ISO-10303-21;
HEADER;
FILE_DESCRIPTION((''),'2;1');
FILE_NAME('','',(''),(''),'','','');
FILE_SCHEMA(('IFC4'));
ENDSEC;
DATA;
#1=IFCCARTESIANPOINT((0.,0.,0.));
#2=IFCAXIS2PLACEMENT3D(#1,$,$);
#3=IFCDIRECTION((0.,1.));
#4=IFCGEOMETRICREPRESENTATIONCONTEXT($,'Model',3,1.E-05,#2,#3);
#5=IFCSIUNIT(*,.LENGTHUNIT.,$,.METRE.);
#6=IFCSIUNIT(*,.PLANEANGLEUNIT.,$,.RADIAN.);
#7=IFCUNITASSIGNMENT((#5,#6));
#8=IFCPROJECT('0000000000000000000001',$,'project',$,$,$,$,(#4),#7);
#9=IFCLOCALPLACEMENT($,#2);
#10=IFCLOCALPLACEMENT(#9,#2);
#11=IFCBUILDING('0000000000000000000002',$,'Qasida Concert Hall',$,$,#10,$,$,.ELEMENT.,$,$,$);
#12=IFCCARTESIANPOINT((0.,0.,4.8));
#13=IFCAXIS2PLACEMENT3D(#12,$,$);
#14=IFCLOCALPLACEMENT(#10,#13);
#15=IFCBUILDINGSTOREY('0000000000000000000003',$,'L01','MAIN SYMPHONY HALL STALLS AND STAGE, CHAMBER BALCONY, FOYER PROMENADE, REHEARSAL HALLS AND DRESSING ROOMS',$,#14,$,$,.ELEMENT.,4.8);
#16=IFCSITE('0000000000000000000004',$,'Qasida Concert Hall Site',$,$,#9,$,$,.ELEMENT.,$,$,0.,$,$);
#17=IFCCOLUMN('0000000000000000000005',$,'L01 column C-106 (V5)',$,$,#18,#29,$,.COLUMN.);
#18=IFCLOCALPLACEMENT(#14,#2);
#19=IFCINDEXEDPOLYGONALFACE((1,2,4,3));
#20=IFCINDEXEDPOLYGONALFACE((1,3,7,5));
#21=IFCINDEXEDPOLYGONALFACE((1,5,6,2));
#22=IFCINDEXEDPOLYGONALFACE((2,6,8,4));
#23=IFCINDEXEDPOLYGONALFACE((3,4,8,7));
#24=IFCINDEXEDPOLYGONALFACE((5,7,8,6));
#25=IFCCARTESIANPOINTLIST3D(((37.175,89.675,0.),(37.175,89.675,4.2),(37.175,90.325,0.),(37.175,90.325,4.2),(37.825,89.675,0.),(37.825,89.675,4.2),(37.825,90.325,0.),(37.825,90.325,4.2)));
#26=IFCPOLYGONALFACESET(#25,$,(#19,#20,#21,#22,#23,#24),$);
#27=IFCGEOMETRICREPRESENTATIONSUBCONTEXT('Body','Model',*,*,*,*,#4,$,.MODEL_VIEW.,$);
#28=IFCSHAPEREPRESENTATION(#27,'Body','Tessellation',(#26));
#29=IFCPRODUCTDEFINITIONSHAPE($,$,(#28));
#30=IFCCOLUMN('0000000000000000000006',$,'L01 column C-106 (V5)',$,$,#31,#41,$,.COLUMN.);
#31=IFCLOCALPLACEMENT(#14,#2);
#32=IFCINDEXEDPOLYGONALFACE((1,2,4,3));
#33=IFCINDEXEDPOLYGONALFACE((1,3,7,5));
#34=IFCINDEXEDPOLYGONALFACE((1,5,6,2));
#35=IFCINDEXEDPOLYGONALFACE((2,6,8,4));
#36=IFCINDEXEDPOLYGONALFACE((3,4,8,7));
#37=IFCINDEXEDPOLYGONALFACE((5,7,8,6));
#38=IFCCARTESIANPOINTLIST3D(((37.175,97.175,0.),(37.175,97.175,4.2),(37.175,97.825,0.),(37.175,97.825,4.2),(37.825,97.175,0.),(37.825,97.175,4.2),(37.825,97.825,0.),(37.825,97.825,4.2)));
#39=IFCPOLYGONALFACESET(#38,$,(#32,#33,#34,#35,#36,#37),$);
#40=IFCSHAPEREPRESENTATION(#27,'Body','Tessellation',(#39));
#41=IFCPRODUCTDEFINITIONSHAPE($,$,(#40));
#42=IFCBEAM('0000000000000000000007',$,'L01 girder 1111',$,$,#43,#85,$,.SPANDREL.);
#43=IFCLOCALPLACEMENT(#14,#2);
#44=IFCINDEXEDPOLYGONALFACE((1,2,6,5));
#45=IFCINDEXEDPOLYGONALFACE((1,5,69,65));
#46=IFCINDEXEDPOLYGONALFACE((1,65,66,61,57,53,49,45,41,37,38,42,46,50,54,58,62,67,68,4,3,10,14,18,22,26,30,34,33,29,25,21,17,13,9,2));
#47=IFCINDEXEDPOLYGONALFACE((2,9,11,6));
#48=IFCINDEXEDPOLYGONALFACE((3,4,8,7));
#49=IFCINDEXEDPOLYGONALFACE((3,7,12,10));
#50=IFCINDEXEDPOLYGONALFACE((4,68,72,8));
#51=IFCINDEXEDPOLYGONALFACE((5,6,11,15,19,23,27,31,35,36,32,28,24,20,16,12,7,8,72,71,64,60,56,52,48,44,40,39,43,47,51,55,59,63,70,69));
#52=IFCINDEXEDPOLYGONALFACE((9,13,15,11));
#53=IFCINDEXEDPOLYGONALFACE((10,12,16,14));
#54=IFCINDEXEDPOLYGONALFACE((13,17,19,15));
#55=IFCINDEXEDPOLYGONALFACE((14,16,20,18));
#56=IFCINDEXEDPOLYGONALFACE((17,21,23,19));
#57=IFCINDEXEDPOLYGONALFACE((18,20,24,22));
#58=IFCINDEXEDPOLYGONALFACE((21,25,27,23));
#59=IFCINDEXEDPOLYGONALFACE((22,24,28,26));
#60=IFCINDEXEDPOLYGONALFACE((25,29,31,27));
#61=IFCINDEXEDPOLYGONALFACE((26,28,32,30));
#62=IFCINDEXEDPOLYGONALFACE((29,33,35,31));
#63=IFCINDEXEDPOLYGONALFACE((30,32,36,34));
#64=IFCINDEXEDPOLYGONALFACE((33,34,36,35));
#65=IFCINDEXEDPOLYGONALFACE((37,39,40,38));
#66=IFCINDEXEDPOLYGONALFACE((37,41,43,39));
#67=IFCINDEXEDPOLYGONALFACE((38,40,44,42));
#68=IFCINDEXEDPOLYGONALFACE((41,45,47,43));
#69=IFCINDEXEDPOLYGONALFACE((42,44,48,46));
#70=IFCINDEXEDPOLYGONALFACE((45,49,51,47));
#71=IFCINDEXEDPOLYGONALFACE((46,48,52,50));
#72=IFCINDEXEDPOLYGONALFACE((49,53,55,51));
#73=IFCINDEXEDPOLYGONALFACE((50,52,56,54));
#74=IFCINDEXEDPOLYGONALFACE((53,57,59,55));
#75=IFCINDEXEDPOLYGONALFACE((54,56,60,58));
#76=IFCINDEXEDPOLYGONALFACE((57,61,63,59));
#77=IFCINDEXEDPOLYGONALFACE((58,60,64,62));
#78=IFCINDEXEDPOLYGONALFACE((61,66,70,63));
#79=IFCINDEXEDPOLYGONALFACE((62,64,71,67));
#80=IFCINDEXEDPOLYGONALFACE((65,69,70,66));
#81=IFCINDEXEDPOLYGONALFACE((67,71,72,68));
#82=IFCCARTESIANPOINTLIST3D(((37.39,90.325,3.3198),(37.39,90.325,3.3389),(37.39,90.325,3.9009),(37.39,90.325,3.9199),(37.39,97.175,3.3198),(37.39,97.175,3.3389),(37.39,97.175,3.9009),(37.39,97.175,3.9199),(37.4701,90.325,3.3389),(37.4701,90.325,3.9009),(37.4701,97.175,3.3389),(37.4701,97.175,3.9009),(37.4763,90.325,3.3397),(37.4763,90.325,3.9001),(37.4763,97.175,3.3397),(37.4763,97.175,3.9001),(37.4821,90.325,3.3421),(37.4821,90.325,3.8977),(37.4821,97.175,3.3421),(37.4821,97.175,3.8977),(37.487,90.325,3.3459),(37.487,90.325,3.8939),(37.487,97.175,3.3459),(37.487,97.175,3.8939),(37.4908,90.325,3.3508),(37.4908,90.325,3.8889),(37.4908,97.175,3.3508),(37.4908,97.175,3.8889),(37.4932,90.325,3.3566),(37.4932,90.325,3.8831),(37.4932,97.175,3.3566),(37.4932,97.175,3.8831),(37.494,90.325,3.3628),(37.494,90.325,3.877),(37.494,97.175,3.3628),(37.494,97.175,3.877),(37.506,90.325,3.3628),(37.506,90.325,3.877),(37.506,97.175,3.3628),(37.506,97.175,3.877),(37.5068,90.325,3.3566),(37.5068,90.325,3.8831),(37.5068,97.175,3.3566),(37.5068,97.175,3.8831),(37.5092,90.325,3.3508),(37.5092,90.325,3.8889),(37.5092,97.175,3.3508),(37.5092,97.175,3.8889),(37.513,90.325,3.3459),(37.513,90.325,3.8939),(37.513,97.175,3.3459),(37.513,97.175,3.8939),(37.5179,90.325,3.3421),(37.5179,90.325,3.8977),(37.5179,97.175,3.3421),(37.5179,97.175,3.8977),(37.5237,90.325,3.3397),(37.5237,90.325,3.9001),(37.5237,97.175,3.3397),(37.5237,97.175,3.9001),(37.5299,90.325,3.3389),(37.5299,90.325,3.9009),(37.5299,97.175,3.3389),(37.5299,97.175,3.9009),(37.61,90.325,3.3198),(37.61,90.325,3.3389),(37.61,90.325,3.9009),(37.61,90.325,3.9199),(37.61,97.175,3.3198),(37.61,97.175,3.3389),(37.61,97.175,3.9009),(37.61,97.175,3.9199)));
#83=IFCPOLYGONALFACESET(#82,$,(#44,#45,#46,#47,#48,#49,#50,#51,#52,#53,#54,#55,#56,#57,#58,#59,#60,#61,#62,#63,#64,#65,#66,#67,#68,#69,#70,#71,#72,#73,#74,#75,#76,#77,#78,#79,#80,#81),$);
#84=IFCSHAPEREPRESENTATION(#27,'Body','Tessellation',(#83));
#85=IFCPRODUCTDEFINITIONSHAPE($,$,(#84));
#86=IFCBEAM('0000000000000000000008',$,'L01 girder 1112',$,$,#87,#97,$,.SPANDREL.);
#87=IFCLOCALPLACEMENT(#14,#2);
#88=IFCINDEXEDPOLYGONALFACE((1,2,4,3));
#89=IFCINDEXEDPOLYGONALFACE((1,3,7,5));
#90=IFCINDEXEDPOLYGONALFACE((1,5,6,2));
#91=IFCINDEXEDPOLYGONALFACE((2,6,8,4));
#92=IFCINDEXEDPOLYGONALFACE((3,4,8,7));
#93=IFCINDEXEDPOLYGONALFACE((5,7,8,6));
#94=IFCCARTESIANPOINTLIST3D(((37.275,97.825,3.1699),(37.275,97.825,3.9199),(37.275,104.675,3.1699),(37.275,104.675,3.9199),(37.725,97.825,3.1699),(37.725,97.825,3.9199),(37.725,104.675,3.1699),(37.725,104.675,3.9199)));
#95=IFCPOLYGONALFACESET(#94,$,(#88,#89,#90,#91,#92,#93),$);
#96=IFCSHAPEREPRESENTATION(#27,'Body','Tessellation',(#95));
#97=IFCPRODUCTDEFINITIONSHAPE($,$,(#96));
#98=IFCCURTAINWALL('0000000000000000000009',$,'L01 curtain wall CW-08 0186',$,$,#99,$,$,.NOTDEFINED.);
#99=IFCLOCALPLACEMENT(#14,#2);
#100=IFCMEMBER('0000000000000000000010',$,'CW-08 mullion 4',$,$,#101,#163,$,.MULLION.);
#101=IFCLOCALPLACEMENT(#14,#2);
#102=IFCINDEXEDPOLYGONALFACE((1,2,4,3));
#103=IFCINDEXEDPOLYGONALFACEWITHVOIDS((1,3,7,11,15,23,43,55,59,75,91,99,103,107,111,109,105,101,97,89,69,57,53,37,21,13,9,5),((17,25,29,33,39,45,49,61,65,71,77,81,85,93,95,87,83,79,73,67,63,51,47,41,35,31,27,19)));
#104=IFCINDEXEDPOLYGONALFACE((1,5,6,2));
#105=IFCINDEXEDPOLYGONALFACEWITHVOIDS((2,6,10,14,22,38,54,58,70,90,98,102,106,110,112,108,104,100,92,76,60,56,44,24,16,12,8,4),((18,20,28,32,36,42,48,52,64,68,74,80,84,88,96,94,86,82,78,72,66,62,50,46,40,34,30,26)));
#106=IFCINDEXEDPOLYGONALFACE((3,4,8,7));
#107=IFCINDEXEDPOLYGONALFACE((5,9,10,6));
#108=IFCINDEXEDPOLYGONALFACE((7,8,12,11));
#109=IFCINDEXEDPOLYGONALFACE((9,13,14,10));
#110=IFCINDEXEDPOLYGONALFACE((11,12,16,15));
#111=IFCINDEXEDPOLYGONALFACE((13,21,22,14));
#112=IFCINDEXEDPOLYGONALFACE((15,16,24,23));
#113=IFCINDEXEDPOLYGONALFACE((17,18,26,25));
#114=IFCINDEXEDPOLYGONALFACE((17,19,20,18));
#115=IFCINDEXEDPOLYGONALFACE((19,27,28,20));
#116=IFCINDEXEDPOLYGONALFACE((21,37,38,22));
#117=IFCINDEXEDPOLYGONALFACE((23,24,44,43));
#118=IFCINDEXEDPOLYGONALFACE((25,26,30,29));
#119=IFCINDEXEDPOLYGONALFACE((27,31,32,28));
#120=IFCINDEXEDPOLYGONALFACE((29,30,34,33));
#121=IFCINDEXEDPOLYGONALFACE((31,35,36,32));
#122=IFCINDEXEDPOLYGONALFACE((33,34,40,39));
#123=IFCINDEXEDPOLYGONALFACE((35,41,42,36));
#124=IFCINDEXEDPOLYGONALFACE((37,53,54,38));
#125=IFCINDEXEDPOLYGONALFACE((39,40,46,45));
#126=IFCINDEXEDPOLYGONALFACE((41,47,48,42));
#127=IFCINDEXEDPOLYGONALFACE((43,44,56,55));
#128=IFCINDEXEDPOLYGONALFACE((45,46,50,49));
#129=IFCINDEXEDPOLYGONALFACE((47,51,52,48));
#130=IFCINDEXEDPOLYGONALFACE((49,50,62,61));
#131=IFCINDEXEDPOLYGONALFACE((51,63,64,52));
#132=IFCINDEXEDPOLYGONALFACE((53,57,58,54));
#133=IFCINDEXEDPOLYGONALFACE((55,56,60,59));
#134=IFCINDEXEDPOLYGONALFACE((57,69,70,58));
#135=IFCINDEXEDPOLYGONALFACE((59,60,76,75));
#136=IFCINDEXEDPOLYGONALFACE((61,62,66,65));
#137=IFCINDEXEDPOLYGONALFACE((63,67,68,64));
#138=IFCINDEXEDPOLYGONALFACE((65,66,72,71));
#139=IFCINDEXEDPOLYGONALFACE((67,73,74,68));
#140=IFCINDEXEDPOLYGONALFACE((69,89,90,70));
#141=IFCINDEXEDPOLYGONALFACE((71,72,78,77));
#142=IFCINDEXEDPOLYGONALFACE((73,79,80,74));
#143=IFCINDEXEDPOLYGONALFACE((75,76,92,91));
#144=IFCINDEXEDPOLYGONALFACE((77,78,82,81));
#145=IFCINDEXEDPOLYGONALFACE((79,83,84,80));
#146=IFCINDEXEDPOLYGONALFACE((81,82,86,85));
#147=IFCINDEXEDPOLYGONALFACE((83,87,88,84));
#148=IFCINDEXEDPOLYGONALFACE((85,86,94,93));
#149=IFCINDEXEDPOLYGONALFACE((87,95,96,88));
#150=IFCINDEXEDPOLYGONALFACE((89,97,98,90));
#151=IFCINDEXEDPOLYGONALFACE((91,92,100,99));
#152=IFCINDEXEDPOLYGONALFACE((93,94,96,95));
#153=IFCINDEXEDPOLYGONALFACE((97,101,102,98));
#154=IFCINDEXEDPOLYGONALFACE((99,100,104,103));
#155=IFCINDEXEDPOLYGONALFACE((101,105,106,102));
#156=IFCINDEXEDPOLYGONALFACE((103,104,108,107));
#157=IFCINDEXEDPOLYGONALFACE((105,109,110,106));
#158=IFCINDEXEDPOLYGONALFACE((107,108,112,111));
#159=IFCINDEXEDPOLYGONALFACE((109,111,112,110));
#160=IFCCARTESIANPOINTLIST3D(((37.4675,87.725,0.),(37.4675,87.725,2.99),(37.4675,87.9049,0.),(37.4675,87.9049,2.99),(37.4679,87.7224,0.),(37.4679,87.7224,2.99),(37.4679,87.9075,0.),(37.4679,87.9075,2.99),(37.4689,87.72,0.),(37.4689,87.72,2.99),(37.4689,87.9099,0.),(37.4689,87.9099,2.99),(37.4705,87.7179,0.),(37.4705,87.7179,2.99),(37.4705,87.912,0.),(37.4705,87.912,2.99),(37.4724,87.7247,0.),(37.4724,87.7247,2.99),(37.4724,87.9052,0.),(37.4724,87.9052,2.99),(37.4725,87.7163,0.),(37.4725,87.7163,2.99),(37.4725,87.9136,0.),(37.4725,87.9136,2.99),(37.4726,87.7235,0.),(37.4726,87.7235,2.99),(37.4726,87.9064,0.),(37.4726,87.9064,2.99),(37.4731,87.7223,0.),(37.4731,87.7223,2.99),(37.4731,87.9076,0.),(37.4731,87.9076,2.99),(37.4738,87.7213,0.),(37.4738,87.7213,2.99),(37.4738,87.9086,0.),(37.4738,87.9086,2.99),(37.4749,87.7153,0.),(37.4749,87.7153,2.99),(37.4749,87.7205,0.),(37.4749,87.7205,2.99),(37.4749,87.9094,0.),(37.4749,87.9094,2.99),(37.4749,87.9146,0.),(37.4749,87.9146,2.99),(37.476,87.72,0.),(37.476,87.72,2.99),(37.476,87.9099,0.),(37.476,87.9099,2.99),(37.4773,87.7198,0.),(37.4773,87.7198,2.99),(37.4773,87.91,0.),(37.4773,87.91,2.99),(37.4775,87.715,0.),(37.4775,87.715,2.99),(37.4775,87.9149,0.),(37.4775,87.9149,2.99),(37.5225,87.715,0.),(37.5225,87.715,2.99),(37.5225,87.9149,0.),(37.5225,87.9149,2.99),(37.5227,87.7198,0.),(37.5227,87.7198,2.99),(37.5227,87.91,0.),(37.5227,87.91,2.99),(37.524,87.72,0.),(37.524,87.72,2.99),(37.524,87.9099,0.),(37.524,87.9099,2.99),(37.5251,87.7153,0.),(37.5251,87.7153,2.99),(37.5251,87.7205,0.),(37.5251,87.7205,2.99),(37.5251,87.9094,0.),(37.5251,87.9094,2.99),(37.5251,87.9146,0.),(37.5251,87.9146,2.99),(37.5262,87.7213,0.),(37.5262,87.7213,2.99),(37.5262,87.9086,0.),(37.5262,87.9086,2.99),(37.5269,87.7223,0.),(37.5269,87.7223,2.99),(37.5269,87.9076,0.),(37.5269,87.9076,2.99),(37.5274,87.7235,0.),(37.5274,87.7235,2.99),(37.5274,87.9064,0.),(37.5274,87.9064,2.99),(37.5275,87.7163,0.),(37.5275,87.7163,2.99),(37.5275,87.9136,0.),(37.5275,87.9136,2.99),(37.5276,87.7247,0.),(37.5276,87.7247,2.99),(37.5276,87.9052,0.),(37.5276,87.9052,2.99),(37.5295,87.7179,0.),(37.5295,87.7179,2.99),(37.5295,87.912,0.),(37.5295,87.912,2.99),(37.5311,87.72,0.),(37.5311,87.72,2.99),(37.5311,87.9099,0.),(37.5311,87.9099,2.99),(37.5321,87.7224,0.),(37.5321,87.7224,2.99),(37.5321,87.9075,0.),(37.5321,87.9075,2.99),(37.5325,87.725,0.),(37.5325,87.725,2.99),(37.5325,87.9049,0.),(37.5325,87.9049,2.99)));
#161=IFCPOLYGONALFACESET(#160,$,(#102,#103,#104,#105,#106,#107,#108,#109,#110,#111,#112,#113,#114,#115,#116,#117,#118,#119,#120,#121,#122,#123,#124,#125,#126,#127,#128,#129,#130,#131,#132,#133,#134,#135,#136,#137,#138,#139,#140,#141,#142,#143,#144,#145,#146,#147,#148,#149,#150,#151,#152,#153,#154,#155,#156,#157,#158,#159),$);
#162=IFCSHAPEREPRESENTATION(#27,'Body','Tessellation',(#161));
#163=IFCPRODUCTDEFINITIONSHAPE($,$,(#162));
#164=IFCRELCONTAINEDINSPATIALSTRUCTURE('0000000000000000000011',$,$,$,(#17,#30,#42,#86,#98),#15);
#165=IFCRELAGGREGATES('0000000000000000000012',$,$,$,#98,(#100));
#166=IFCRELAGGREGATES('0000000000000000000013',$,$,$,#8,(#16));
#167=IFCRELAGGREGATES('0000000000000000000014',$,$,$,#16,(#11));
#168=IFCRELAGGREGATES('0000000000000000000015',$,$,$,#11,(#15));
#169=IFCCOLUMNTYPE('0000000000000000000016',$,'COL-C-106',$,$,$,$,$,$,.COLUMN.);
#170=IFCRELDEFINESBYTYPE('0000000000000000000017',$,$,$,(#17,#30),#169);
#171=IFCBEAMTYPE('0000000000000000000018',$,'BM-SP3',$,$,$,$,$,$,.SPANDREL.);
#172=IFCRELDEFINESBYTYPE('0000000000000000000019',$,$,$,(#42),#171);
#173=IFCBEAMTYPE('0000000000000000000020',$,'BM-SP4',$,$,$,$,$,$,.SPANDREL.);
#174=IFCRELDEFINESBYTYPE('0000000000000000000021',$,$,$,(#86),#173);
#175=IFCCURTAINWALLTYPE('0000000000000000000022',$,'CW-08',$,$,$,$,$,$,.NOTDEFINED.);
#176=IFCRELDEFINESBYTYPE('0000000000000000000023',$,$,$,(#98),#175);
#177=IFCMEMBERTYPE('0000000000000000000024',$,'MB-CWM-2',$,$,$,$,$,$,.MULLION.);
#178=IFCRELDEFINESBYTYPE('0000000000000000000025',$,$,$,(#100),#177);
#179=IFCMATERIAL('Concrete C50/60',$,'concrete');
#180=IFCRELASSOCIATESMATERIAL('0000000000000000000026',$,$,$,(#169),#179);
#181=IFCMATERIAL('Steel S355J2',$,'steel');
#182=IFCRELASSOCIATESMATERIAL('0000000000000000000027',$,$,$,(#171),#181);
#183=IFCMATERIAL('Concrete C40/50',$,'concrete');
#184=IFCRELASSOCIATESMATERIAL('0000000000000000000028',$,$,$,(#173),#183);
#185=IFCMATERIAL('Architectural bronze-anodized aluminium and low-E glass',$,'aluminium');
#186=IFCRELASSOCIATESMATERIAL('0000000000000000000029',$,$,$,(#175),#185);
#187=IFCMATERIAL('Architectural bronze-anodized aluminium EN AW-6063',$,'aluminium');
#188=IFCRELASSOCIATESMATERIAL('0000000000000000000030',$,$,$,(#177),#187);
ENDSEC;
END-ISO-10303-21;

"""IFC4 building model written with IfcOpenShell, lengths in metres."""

from ifc_helpers import new_model, si_unit, direction, frame, origin, origin_2d, place, context, subcontext, project, spatial, rectangle, hollow_rectangle, i_section, extrude, material, material_profile, profile_set, type_object, element, aggregate, save


model = new_model("IFC4")

# Units and contexts
model_context = context("Model", 3, precision=1e-05, world=origin(), true_north=direction((0.0, 1.0)))
body_context = subcontext(model_context, "Body", "Model", "MODEL_VIEW")
ifc_project = project(units=[si_unit("LENGTHUNIT", "METRE"), si_unit("PLANEANGLEUNIT", "RADIAN")], contexts=[model_context])

# Site, building, storey
site_placement = place(None, origin())
site = spatial("IfcSite", under=ifc_project, at=site_placement, Name="Qasida Concert Hall Site", CompositionType="ELEMENT", RefElevation=0.0)
building_placement = place(site_placement, origin())
building = spatial("IfcBuilding", under=site, at=building_placement, Name="Qasida Concert Hall", CompositionType="ELEMENT")
storey_placement = place(building_placement, frame((0.0, 0.0, 4.8)))
storey = spatial("IfcBuildingStorey", under=building, at=storey_placement, Name="L01", Description="MAIN SYMPHONY HALL STALLS AND STAGE, CHAMBER BALCONY, FOYER PROMENADE, REHEARSAL HALLS AND DRESSING ROOMS", CompositionType="ELEMENT", Elevation=4.8)

# Columns
ifc_material_1 = material(Name="Concrete C50/60", Category="concrete")
ifc_material_profile_1 = material_profile(ifc_material_1, rectangle(XDim=0.6499, YDim=0.6499, at=origin_2d()), Name="RC 650x650")
ifc_profile_set_1 = profile_set([ifc_material_profile_1], Name="Concrete C50/60")
column_type = type_object("IfcColumnType", Name="COL-C-106", PredefinedType="COLUMN", material=ifc_profile_set_1)
for number, where, z_axis, x_axis, name in (
    (1, (37.5, 90.0, 0.0), (0.0, 0.0, 1.0), (1.0, 0.0, 0.0), "L01 column C-106 (V5)"),
    (2, (37.5, 97.5, 0.0), (0.0, 0.0, 1.0), (1.0, 0.0, 0.0), "L01 column C-106 (V5)"),
):
    element("IfcColumn", number, at=place(storey_placement, frame(where, z_axis=z_axis, x_axis=x_axis)), inside=storey, type_object=column_type, Name=name, PredefinedType="COLUMN", context=body_context, shape_type="SweptSolid", body=[
        extrude(rectangle(XDim=0.6499, YDim=0.6499, at=origin_2d()), origin(), (0.0, 0.0, 1.0), 4.2),
    ])

# Beams
ifc_material_2 = material(Name="Steel S355J2", Category="steel")
ifc_material_profile_2 = material_profile(ifc_material_2, i_section(OverallWidth=0.22, OverallDepth=0.6001, WebThickness=0.012, FlangeThickness=0.019, FilletRadius=0.0239, at=origin_2d()), Name="IPE 600")
ifc_profile_set_2 = profile_set([ifc_material_profile_2], Name="Steel S355J2")
beam_type_1 = type_object("IfcBeamType", Name="BM-SP3", PredefinedType="SPANDREL", material=ifc_profile_set_2)
beam_1_placement = place(storey_placement, frame((37.5, 90.325, 3.6199), z_axis=(0.0, 1.0, 0.0), x_axis=(-1.0, 0.0, 0.0)))
element("IfcBeam", 3, at=beam_1_placement, inside=storey, type_object=beam_type_1, Name="L01 girder 1111", PredefinedType="SPANDREL", context=body_context, shape_type="SweptSolid", body=[
    extrude(i_section(OverallWidth=0.22, OverallDepth=0.6001, WebThickness=0.012, FlangeThickness=0.019, FilletRadius=0.0239, at=origin_2d()), origin(), (0.0, 0.0, 1.0), 6.8501),
])
ifc_material_3 = material(Name="Concrete C40/50", Category="concrete")
ifc_material_profile_3 = material_profile(ifc_material_3, rectangle(XDim=0.45, YDim=0.75, at=origin_2d()), Name="RC 450x750")
ifc_profile_set_3 = profile_set([ifc_material_profile_3], Name="Concrete C40/50")
beam_type_2 = type_object("IfcBeamType", Name="BM-SP4", PredefinedType="SPANDREL", material=ifc_profile_set_3)
beam_2_placement = place(storey_placement, frame((37.5, 97.825, 3.5449), z_axis=(0.0, 1.0, 0.0), x_axis=(-1.0, 0.0, 0.0)))
element("IfcBeam", 4, at=beam_2_placement, inside=storey, type_object=beam_type_2, Name="L01 girder 1112", PredefinedType="SPANDREL", context=body_context, shape_type="SweptSolid", body=[
    extrude(rectangle(XDim=0.45, YDim=0.75, at=origin_2d()), origin(), (0.0, 0.0, 1.0), 6.8501),
])

# Curtain wall, member
ifc_material_4 = material(Name="Architectural bronze-anodized aluminium and low-E glass", Category="aluminium")
curtain_wall_type = type_object("IfcCurtainWallType", Name="CW-08", PredefinedType="NOTDEFINED", material=ifc_material_4)
curtain_wall_1_placement = place(storey_placement, origin())
curtain_wall_1 = element("IfcCurtainWall", 5, at=curtain_wall_1_placement, inside=storey, type_object=curtain_wall_type, Name="L01 curtain wall CW-08 0186", PredefinedType="NOTDEFINED")
ifc_material_5 = material(Name="Architectural bronze-anodized aluminium EN AW-6063", Category="aluminium")
ifc_material_profile_4 = material_profile(ifc_material_5, hollow_rectangle(XDim=0.0649, YDim=0.2, WallThickness=0.0049, InnerFilletRadius=0.0049, OuterFilletRadius=0.01, at=origin_2d()), Name="CWM 200x65x5")
ifc_profile_set_4 = profile_set([ifc_material_profile_4], Name="Architectural bronze-anodized aluminium EN AW-6063")
member_type_1 = type_object("IfcMemberType", Name="MB-CWM-2", PredefinedType="MULLION", material=ifc_profile_set_4)
member_1_placement = place(storey_placement, frame((37.5, 87.8149, 0.0), z_axis=(0.0, 0.0, 1.0), x_axis=(-1.0, 0.0, 0.0)))
member_1 = element("IfcMember", 6, at=member_1_placement, type_object=member_type_1, Name="CW-08 mullion 4", PredefinedType="MULLION", context=body_context, shape_type="SweptSolid", body=[
    extrude(hollow_rectangle(XDim=0.0649, YDim=0.2, WallThickness=0.0049, InnerFilletRadius=0.0049, OuterFilletRadius=0.01, at=origin_2d()), origin(), (0.0, 0.0, 1.0), 2.99),
])

aggregate(curtain_wall_1, [member_1])

save(model, "model.ifc")
